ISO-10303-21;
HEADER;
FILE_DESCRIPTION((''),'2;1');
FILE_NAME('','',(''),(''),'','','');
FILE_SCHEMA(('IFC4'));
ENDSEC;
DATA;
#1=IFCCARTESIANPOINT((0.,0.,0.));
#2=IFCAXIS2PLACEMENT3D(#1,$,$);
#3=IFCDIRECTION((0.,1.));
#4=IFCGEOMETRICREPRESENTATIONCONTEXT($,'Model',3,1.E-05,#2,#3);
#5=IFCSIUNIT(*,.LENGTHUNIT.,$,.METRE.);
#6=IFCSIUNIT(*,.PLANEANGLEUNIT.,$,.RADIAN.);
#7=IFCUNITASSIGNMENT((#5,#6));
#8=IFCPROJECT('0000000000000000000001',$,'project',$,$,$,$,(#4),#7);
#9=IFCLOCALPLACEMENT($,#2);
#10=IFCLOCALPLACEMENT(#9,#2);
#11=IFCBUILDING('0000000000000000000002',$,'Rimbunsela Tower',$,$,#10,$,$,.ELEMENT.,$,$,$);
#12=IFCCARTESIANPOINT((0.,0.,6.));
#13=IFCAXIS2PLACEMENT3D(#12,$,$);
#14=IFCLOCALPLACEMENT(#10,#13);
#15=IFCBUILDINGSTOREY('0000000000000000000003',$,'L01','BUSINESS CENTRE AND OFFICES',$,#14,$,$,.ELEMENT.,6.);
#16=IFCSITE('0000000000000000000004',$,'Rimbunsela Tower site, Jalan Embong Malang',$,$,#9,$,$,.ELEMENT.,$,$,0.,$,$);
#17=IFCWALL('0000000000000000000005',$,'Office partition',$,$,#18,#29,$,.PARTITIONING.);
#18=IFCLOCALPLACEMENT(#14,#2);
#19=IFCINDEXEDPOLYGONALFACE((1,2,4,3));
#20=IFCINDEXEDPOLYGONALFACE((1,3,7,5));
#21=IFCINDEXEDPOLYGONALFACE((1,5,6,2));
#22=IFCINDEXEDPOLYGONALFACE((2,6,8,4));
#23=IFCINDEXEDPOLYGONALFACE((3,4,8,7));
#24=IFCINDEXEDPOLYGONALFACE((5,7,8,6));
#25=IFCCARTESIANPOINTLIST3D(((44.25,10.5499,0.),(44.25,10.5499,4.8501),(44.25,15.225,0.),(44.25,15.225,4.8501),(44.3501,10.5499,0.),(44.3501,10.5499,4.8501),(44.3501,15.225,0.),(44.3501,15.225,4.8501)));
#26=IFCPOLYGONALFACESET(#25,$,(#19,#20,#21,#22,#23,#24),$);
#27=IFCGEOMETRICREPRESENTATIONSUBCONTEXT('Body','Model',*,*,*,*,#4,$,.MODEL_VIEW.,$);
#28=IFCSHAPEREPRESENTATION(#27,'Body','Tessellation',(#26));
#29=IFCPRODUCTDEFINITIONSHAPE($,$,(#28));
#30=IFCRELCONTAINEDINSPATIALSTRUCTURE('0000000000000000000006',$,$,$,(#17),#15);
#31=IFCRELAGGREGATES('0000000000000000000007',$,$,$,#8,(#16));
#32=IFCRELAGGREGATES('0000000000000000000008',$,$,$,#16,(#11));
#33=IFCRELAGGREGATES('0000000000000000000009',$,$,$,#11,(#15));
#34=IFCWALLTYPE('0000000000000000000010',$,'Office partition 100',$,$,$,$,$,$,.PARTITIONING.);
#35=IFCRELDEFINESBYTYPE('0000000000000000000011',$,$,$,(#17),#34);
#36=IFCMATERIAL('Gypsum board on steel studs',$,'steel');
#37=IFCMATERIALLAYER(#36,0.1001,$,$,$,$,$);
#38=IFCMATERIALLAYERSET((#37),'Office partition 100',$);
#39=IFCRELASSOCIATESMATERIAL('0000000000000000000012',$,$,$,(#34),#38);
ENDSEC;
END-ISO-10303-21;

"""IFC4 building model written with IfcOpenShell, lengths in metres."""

from ifc_helpers import new_model, si_unit, direction, frame, frame_2d, origin, place, context, subcontext, project, spatial, rectangle, extrude, material, layer, layer_set, type_object, element, save


model = new_model("IFC4")

# Units and contexts
model_context = context("Model", 3, precision=1e-05, world=origin(), true_north=direction((0.0, 1.0)))
body_context = subcontext(model_context, "Body", "Model", "MODEL_VIEW")
ifc_project = project(units=[si_unit("LENGTHUNIT", "METRE"), si_unit("PLANEANGLEUNIT", "RADIAN")], contexts=[model_context])

# Site, building, storey
site_placement = place(None, origin())
site = spatial("IfcSite", under=ifc_project, at=site_placement, Name="Rimbunsela Tower site, Jalan Embong Malang", CompositionType="ELEMENT", RefElevation=0.0)
building_placement = place(site_placement, origin())
building = spatial("IfcBuilding", under=site, at=building_placement, Name="Rimbunsela Tower", CompositionType="ELEMENT")
storey_placement = place(building_placement, frame((0.0, 0.0, 6.0)))
storey = spatial("IfcBuildingStorey", under=building, at=storey_placement, Name="L01", Description="BUSINESS CENTRE AND OFFICES", CompositionType="ELEMENT", Elevation=6.0)

# Wall
ifc_material_1 = material(Name="Gypsum board on steel studs", Category="steel")
ifc_layer_1 = layer(ifc_material_1, 0.1001)
ifc_layer_set_1 = layer_set([ifc_layer_1], Name="Office partition 100")
wall_type = type_object("IfcWallType", Name="Office partition 100", PredefinedType="PARTITIONING", material=ifc_layer_set_1)
wall_placement = place(storey_placement, frame((44.3, 10.55, 0.0), z_axis=(0.0, 0.0, 1.0), x_axis=(0.0, 1.0, 0.0)))
element("IfcWall", 1, at=wall_placement, inside=storey, type_object=wall_type, Name="Office partition", PredefinedType="PARTITIONING", context=body_context, shape_type="SweptSolid", body=[
    extrude(rectangle(XDim=4.675, YDim=0.1001, at=frame_2d((2.3374, 0.0))), origin(), (0.0, 0.0, 1.0), 4.8501),
])

save(model, "model.ifc")
